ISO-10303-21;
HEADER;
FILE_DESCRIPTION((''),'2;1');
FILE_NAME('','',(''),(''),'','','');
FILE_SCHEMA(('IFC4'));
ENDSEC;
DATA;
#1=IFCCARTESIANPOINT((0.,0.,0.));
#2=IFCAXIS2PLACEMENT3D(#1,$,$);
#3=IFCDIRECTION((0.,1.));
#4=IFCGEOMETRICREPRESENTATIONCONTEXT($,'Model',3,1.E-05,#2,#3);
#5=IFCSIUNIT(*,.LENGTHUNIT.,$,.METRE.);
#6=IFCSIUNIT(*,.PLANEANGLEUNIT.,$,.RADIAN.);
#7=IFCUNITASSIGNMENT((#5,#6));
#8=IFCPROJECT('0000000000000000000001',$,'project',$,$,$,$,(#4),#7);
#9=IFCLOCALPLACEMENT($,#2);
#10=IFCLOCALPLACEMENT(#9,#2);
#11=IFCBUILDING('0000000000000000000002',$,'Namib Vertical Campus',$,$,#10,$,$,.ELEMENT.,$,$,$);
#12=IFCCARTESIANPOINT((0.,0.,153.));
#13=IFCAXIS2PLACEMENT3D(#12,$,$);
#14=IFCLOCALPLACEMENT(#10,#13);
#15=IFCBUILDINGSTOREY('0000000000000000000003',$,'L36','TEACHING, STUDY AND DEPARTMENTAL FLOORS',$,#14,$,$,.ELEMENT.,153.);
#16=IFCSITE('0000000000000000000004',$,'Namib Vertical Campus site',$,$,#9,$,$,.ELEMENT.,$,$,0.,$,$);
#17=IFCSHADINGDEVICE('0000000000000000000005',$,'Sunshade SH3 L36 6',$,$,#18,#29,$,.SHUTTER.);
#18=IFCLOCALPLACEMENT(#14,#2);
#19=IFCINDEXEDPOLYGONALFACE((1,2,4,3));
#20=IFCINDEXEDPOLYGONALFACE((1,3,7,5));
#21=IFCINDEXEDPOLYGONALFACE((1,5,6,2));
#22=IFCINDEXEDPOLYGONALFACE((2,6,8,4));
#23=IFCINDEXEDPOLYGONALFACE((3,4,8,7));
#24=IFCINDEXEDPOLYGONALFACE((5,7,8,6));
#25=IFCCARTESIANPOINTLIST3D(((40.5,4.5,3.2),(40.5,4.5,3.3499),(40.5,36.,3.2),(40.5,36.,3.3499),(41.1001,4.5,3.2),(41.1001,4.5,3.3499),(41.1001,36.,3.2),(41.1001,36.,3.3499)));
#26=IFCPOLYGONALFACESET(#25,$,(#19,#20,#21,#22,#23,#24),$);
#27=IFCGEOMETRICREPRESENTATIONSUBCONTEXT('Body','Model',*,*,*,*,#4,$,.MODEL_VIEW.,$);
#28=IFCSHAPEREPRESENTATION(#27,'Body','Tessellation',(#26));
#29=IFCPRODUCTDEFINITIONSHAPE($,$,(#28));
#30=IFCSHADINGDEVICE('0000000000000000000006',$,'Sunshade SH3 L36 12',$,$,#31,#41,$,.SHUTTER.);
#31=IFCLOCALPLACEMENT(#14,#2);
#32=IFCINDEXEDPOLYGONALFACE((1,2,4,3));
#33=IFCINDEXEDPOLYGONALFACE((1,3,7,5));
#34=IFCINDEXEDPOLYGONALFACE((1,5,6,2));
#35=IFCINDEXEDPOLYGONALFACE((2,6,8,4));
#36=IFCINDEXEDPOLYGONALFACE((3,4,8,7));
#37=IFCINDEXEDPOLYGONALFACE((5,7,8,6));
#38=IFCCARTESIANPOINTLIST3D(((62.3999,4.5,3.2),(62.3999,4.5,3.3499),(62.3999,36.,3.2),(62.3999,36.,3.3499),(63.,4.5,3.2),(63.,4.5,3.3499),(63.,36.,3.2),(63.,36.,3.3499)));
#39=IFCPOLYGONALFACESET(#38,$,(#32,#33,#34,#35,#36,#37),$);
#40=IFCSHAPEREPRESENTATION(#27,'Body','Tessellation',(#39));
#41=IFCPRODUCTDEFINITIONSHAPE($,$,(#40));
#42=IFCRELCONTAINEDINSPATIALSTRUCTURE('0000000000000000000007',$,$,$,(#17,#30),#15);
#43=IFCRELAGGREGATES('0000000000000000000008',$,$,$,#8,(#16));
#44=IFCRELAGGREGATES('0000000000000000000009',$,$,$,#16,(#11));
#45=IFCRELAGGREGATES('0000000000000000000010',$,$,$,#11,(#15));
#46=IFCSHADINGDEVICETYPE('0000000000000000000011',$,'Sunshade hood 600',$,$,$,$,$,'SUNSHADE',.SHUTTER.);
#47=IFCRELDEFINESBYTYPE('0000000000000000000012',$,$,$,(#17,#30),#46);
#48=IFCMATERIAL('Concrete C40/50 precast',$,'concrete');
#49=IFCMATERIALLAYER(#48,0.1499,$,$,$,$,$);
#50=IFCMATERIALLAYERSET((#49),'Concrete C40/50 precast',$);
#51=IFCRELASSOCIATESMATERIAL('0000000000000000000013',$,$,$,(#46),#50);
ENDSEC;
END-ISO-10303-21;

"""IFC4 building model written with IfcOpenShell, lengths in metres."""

from ifc_helpers import new_model, si_unit, direction, frame, origin, origin_2d, place, context, subcontext, project, spatial, rectangle, extrude, material, layer, layer_set, type_object, element, save


model = new_model("IFC4")

# Units and contexts
model_context = context("Model", 3, precision=1e-05, world=origin(), true_north=direction((0.0, 1.0)))
body_context = subcontext(model_context, "Body", "Model", "MODEL_VIEW")
ifc_project = project(units=[si_unit("LENGTHUNIT", "METRE"), si_unit("PLANEANGLEUNIT", "RADIAN")], contexts=[model_context])

# Site, building, storey
site_placement = place(None, origin())
site = spatial("IfcSite", under=ifc_project, at=site_placement, Name="Namib Vertical Campus site", CompositionType="ELEMENT", RefElevation=0.0)
building_placement = place(site_placement, origin())
building = spatial("IfcBuilding", under=site, at=building_placement, Name="Namib Vertical Campus", CompositionType="ELEMENT")
storey_placement = place(building_placement, frame((0.0, 0.0, 153.0)))
storey = spatial("IfcBuildingStorey", under=building, at=storey_placement, Name="L36", Description="TEACHING, STUDY AND DEPARTMENTAL FLOORS", CompositionType="ELEMENT", Elevation=153.0)

# Shading devices
ifc_material_1 = material(Name="Concrete C40/50 precast", Category="concrete")
ifc_layer_1 = layer(ifc_material_1, 0.1499)
ifc_layer_set_1 = layer_set([ifc_layer_1], Name="Concrete C40/50 precast")
shading_device_type = type_object("IfcShadingDeviceType", Name="Sunshade hood 600", ElementType="SUNSHADE", PredefinedType="SHUTTER", material=ifc_layer_set_1)
for number, where, z_axis, x_axis, name in (
    (1, (40.8, 20.25, 3.2), (0.0, 0.0, 1.0), (0.0, 1.0, 0.0), "Sunshade SH3 L36 6"),
    (2, (62.7, 20.25, 3.2), (0.0, 0.0, 1.0), (0.0, -1.0, 0.0), "Sunshade SH3 L36 12"),
):
    element("IfcShadingDevice", number, at=place(storey_placement, frame(where, z_axis=z_axis, x_axis=x_axis)), inside=storey, type_object=shading_device_type, Name=name, PredefinedType="SHUTTER", context=body_context, shape_type="SweptSolid", body=[
        extrude(rectangle(XDim=31.5, YDim=0.6001, at=origin_2d()), origin(), (0.0, 0.0, 1.0), 0.1499),
    ])

save(model, "model.ifc")
